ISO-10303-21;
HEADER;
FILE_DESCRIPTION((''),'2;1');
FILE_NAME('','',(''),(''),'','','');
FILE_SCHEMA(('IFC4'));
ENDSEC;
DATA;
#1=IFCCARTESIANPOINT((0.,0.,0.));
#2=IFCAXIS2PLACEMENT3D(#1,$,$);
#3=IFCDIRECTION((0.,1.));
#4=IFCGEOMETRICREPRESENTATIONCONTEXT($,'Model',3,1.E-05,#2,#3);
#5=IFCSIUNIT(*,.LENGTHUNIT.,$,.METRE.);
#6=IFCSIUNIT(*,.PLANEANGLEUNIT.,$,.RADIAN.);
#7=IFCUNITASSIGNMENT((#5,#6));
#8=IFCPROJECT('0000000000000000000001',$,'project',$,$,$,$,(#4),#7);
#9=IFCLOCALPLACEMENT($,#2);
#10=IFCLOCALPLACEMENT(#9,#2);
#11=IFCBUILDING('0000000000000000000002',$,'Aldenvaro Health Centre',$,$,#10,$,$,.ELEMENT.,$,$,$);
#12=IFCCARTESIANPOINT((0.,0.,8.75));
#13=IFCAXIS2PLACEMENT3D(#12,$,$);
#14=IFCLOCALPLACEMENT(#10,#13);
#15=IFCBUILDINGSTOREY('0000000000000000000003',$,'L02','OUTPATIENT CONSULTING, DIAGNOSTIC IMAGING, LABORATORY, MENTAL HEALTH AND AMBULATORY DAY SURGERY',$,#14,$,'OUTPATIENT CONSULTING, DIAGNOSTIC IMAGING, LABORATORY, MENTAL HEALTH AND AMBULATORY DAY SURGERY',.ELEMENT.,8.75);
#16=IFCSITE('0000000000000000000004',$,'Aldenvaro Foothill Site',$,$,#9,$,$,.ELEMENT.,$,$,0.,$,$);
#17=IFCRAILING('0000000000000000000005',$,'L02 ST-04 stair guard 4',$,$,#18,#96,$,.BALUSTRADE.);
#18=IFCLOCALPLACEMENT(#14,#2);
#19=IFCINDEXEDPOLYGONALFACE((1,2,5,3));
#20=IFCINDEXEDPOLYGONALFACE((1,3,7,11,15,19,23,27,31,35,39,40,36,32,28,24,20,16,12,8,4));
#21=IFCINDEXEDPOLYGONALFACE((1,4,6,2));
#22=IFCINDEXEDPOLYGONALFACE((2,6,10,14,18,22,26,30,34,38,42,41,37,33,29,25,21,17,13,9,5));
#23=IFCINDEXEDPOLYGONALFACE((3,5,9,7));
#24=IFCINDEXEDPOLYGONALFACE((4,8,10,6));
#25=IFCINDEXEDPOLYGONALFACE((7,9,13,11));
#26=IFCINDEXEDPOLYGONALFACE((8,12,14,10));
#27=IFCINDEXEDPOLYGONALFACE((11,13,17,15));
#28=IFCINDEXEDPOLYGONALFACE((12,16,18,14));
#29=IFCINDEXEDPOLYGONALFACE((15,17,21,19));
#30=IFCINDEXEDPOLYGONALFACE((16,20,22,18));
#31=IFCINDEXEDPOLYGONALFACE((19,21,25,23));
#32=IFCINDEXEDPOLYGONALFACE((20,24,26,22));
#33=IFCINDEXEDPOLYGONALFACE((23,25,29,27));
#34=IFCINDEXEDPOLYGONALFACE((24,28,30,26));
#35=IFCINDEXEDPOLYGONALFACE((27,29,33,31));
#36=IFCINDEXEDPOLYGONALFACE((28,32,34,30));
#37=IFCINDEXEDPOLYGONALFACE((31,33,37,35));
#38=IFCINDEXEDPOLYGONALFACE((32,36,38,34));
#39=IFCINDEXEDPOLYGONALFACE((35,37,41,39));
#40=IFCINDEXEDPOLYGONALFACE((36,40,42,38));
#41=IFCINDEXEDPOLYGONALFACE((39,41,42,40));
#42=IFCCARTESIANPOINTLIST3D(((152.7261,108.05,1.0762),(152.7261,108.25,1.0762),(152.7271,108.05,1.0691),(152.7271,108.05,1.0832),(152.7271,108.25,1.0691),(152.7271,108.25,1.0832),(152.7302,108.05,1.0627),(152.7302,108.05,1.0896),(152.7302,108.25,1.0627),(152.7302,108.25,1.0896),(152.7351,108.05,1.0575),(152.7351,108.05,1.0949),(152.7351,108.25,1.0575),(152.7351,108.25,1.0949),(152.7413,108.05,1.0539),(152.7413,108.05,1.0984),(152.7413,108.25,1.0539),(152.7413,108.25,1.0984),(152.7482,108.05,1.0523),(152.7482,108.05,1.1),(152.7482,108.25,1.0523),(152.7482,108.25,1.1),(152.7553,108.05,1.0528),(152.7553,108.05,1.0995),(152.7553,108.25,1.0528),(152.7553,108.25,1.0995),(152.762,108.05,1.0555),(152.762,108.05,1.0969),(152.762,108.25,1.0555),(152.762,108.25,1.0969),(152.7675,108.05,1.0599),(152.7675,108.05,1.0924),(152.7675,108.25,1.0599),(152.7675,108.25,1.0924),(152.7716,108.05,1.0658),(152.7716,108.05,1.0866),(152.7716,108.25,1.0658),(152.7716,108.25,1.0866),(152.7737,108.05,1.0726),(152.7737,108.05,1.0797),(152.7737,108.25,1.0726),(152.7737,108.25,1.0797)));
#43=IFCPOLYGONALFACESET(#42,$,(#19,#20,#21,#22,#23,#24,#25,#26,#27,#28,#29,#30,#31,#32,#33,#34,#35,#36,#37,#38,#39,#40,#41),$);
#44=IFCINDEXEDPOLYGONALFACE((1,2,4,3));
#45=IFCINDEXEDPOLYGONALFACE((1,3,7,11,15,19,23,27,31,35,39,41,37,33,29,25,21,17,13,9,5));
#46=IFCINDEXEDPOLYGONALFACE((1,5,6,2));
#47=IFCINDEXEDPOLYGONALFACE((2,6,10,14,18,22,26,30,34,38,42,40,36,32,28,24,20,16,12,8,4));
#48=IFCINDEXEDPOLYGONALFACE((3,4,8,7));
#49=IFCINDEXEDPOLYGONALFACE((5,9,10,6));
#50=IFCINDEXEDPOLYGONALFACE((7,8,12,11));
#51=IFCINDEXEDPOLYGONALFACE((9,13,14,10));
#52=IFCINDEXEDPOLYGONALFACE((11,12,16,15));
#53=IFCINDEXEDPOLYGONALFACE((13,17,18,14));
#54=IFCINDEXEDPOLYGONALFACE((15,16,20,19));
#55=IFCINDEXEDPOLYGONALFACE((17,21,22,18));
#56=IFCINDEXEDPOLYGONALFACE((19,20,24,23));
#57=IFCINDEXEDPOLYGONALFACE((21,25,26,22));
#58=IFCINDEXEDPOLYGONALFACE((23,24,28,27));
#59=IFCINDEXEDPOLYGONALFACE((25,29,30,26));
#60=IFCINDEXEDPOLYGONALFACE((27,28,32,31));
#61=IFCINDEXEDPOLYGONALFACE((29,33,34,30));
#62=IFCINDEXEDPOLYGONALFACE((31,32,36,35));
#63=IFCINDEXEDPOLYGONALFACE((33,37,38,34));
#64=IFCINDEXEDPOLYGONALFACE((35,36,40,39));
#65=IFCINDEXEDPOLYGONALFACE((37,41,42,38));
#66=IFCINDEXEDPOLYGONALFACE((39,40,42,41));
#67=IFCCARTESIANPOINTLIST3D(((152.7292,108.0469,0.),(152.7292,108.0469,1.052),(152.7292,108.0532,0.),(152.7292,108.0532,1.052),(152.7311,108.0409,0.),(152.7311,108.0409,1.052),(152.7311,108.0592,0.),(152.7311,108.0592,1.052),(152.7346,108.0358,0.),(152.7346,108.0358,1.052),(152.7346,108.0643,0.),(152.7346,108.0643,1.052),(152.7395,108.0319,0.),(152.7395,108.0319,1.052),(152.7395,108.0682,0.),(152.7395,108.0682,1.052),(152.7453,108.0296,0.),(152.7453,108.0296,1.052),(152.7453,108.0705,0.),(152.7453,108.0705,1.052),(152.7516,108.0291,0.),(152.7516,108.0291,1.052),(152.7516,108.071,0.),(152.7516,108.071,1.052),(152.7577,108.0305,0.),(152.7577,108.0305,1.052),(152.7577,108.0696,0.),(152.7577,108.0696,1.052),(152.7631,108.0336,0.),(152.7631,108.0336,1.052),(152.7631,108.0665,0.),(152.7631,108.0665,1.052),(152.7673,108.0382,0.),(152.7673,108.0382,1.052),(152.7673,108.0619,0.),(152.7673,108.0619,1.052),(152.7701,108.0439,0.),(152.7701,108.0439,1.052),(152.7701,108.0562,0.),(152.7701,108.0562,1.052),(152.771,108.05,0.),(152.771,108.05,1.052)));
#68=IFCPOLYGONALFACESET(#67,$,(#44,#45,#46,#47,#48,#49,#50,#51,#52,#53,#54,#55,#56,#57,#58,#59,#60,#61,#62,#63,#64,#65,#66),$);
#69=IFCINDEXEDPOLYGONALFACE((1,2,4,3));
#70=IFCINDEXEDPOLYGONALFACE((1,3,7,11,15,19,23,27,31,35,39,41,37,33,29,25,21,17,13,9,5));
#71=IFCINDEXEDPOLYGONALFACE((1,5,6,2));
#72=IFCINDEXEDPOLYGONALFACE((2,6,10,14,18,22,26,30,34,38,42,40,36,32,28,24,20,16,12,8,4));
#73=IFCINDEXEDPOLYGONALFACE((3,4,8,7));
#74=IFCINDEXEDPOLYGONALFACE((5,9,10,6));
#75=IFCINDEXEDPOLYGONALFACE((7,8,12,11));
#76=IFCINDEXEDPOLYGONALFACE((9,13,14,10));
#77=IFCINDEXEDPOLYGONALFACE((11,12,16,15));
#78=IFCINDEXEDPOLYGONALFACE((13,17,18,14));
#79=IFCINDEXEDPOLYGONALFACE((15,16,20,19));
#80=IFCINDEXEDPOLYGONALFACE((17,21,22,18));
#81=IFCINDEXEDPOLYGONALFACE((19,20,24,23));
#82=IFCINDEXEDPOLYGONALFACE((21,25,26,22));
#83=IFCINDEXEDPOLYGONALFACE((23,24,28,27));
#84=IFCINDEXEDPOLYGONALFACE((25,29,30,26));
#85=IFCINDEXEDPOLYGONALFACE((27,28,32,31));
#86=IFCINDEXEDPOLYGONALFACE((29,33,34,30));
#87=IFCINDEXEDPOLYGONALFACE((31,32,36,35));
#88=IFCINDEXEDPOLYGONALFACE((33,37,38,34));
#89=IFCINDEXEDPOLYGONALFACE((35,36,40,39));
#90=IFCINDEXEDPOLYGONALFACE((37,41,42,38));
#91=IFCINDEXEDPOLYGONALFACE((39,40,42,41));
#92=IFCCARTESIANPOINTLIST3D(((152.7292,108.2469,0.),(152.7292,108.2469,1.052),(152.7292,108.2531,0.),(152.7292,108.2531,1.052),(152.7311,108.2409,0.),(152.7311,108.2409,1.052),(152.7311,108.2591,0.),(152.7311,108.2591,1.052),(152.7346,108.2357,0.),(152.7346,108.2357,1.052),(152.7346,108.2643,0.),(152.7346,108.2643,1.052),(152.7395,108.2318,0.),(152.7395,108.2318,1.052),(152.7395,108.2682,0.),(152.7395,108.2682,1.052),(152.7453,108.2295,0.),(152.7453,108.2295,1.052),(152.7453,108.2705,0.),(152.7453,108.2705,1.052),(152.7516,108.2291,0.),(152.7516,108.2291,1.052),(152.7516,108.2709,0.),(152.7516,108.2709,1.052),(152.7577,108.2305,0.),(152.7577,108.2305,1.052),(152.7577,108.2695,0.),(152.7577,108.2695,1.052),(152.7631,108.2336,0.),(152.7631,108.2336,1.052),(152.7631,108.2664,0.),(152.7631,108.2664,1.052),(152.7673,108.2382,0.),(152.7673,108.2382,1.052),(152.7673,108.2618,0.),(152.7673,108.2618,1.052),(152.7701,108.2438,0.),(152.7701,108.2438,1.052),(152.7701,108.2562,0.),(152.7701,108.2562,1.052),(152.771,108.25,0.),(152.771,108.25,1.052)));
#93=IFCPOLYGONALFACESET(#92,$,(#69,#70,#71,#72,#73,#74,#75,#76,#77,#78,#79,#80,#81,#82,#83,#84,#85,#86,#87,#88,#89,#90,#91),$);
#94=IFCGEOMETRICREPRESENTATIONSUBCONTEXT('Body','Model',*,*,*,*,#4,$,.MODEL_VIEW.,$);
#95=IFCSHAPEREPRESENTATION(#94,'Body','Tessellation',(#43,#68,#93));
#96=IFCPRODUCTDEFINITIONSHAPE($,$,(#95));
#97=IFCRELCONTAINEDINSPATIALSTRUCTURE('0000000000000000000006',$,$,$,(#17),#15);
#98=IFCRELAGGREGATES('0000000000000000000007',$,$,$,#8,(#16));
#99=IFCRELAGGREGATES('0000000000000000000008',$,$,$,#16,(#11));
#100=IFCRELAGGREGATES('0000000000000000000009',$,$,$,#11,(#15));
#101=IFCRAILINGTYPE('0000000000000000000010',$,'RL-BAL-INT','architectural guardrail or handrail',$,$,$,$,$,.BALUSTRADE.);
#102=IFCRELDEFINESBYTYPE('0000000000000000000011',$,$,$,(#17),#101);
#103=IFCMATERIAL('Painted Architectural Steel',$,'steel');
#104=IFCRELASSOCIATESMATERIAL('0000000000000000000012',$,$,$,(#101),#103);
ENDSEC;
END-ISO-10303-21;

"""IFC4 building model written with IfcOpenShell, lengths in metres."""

from ifc_helpers import new_model, si_unit, direction, frame, origin, origin_2d, place, context, subcontext, project, spatial, circle, extrude, material, type_object, element, save


model = new_model("IFC4")

# Units and contexts
model_context = context("Model", 3, precision=1e-05, world=origin(), true_north=direction((0.0, 1.0)))
body_context = subcontext(model_context, "Body", "Model", "MODEL_VIEW")
ifc_project = project(units=[si_unit("LENGTHUNIT", "METRE"), si_unit("PLANEANGLEUNIT", "RADIAN")], contexts=[model_context])

# Site, building, storey
site_placement = place(None, origin())
site = spatial("IfcSite", under=ifc_project, at=site_placement, Name="Aldenvaro Foothill Site", CompositionType="ELEMENT", RefElevation=0.0)
building_placement = place(site_placement, origin())
building = spatial("IfcBuilding", under=site, at=building_placement, Name="Aldenvaro Health Centre", CompositionType="ELEMENT")
storey_placement = place(building_placement, frame((0.0, 0.0, 8.75)))
storey = spatial("IfcBuildingStorey", under=building, at=storey_placement, Name="L02", Description="OUTPATIENT CONSULTING, DIAGNOSTIC IMAGING, LABORATORY, MENTAL HEALTH AND AMBULATORY DAY SURGERY", LongName="OUTPATIENT CONSULTING, DIAGNOSTIC IMAGING, LABORATORY, MENTAL HEALTH AND AMBULATORY DAY SURGERY", CompositionType="ELEMENT", Elevation=8.75)

# Railing
ifc_material_1 = material(Name="Painted Architectural Steel", Category="steel")
railing_type_1 = type_object("IfcRailingType", Name="RL-BAL-INT", Description="architectural guardrail or handrail", PredefinedType="BALUSTRADE", material=ifc_material_1)
railing_1_placement = place(storey_placement, frame((152.75, 108.05, 0.0)))
element("IfcRailing", 1, at=railing_1_placement, inside=storey, type_object=railing_type_1, Name="L02 ST-04 stair guard 4", PredefinedType="BALUSTRADE", context=body_context, shape_type="SweptSolid", body=[
    extrude(circle(Radius=0.0239, at=origin_2d()), frame((0.0, 0.0, 1.0762), z_axis=(0.0, 1.0, 0.0), x_axis=(-1.0, 0.0, 0.0)), (0.0, 0.0, 1.0), 0.2),
    extrude(circle(Radius=0.021, at=origin_2d()), origin(), (0.0, 0.0, 1.0), 1.052),
    extrude(circle(Radius=0.021, at=origin_2d()), frame((0.0, 0.2, 0.0)), (0.0, 0.0, 1.0), 1.052),
])

save(model, "model.ifc")
